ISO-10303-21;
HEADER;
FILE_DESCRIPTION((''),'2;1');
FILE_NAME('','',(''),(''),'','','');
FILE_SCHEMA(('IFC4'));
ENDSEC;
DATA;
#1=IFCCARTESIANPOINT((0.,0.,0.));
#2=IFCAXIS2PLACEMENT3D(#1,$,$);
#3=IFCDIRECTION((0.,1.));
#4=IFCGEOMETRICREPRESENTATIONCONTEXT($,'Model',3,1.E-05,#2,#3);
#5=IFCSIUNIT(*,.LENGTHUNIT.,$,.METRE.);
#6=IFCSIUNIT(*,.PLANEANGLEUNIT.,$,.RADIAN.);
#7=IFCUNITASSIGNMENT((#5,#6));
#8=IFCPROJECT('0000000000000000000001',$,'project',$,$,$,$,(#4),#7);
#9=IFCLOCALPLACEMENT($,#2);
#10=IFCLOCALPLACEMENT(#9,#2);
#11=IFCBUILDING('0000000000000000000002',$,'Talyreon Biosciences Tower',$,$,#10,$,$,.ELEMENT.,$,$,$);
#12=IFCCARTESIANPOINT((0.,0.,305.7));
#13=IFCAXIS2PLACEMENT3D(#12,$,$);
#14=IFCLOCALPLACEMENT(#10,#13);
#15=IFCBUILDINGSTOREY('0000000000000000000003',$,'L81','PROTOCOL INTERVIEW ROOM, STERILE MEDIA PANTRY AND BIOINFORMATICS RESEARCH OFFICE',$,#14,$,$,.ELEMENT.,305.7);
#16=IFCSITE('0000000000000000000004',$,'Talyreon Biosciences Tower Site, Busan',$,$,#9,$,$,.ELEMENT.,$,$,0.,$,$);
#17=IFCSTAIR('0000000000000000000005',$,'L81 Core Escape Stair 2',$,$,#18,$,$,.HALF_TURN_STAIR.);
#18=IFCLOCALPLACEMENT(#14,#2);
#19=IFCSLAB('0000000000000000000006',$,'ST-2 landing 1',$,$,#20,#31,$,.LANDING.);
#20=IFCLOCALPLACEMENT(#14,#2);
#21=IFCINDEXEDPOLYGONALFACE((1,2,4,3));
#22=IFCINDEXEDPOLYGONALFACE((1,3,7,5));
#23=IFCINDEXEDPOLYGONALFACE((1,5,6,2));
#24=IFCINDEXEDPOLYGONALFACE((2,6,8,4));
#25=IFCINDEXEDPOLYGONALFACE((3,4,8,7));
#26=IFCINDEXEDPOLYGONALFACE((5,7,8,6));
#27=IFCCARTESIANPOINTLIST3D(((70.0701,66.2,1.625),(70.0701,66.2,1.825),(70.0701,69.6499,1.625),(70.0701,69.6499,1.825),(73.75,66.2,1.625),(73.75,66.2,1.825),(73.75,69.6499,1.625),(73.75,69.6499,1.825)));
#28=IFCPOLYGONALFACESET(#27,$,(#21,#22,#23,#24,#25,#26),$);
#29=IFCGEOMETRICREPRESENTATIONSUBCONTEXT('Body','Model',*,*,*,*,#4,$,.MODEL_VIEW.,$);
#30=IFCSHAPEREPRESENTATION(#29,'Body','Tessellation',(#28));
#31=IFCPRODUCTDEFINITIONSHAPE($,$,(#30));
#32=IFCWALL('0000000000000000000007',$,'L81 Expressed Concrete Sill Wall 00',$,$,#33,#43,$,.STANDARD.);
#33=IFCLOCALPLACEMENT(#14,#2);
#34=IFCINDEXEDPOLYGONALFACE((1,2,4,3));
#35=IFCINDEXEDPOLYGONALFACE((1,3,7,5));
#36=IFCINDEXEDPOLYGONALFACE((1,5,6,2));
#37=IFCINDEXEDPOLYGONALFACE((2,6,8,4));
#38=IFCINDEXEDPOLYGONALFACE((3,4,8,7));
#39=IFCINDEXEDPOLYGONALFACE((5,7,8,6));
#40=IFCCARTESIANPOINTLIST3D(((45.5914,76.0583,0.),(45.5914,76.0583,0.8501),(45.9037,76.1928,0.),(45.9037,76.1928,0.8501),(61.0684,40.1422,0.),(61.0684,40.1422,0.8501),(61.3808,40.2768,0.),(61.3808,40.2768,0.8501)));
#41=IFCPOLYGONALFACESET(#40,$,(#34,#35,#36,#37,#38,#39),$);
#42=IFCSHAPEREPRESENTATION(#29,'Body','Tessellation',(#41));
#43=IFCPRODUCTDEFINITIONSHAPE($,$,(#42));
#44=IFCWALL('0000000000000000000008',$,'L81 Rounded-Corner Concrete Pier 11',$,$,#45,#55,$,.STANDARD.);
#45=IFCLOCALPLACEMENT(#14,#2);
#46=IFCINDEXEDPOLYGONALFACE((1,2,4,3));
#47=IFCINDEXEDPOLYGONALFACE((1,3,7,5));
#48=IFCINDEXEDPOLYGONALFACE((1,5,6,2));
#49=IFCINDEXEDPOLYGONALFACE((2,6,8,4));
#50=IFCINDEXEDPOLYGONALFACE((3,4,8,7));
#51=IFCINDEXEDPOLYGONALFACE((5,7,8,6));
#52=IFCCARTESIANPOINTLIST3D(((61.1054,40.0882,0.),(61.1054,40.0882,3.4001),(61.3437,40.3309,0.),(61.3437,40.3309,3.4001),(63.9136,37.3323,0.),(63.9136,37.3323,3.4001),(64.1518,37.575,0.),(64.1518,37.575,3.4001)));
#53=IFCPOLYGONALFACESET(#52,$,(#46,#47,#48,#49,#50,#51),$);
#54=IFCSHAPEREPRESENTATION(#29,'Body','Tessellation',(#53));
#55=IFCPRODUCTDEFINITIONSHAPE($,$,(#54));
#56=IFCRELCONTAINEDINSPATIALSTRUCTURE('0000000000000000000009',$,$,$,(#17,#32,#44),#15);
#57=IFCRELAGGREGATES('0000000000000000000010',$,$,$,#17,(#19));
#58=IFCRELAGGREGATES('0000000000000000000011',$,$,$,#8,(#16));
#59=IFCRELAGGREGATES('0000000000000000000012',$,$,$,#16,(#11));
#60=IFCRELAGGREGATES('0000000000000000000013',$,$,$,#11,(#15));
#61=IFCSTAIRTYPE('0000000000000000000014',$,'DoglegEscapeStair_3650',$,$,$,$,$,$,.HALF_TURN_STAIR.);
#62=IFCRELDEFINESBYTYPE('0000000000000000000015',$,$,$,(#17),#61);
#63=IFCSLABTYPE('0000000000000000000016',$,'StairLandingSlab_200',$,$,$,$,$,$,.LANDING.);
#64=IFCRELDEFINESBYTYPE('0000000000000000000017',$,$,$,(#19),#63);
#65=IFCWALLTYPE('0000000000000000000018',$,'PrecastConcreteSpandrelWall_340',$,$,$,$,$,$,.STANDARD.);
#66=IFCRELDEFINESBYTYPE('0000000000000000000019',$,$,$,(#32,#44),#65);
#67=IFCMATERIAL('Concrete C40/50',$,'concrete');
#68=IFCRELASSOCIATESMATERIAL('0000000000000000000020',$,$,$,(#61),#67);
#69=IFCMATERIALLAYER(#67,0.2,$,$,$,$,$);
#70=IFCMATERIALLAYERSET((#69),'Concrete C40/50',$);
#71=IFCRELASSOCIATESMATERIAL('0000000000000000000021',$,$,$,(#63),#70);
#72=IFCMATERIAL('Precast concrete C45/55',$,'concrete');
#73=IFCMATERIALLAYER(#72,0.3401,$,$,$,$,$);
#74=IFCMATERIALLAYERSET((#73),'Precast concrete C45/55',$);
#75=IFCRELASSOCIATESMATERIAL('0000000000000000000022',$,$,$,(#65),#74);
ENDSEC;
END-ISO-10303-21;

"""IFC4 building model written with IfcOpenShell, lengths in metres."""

from ifc_helpers import new_model, si_unit, direction, frame, frame_2d, origin, place, context, subcontext, project, spatial, polyline, rectangle, outline, extrude, material, layer, layer_set, type_object, element, aggregate, save


model = new_model("IFC4")

# Units and contexts
model_context = context("Model", 3, precision=1e-05, world=origin(), true_north=direction((0.0, 1.0)))
body_context = subcontext(model_context, "Body", "Model", "MODEL_VIEW")
ifc_project = project(units=[si_unit("LENGTHUNIT", "METRE"), si_unit("PLANEANGLEUNIT", "RADIAN")], contexts=[model_context])

# Site, building, storey
site_placement = place(None, origin())
site = spatial("IfcSite", under=ifc_project, at=site_placement, Name="Talyreon Biosciences Tower Site, Busan", CompositionType="ELEMENT", RefElevation=0.0)
building_placement = place(site_placement, origin())
building = spatial("IfcBuilding", under=site, at=building_placement, Name="Talyreon Biosciences Tower", CompositionType="ELEMENT")
storey_placement = place(building_placement, frame((0.0, 0.0, 305.7)))
storey = spatial("IfcBuildingStorey", under=building, at=storey_placement, Name="L81", Description="PROTOCOL INTERVIEW ROOM, STERILE MEDIA PANTRY AND BIOINFORMATICS RESEARCH OFFICE", CompositionType="ELEMENT", Elevation=305.7)

# Shared definitions
ifc_material_1 = material(Name="Precast concrete C45/55", Category="concrete")

# Shared definitions
ifc_material_2 = material(Name="Concrete C40/50", Category="concrete")

# Stair, slab
stair_type = type_object("IfcStairType", Name="DoglegEscapeStair_3650", PredefinedType="HALF_TURN_STAIR", material=ifc_material_2)
ifc_layer_1 = layer(ifc_material_2, 0.2)
ifc_layer_set_1 = layer_set([ifc_layer_1], Name="Concrete C40/50")
slab_type_1 = type_object("IfcSlabType", Name="StairLandingSlab_200", PredefinedType="LANDING", material=ifc_layer_set_1)
stair_1_placement = place(storey_placement, origin())
stair_1 = element("IfcStair", 1, at=stair_1_placement, inside=storey, type_object=stair_type, Name="L81 Core Escape Stair 2", PredefinedType="HALF_TURN_STAIR")
slab_1_placement = place(storey_placement, frame((0.0, 0.0, 1.625)))
slab_1 = element("IfcSlab", 2, at=slab_1_placement, type_object=slab_type_1, Name="ST-2 landing 1", PredefinedType="LANDING", context=body_context, shape_type="SweptSolid", body=[
    extrude(outline(polyline([(73.75, 66.2), (73.75, 69.6499), (70.0701, 69.6499), (70.0701, 66.2), (73.75, 66.2)])), origin(), (0.0, 0.0, 1.0), 0.2),
])
aggregate(stair_1, [slab_1])

# Walls
ifc_layer_2 = layer(ifc_material_1, 0.3401)
ifc_layer_set_2 = layer_set([ifc_layer_2], Name="Precast concrete C45/55")
wall_type = type_object("IfcWallType", Name="PrecastConcreteSpandrelWall_340", PredefinedType="STANDARD", material=ifc_layer_set_2)
wall_1_placement = place(storey_placement, frame((61.2246, 40.2095, 0.0), z_axis=(0.0, 0.0, 1.0), x_axis=(-0.395743, 0.918361, 0.0)))
element("IfcWall", 3, at=wall_1_placement, inside=storey, type_object=wall_type, Name="L81 Expressed Concrete Sill Wall 00", PredefinedType="STANDARD", context=body_context, shape_type="SweptSolid", body=[
    extrude(rectangle(XDim=39.1089, YDim=0.3401, at=frame_2d((19.5544, 0.0))), origin(), (0.0, 0.0, 1.0), 0.8501),
])
wall_2_placement = place(storey_placement, frame((64.0327, 37.4536, 0.0), z_axis=(0.0, 0.0, 1.0), x_axis=(-0.713715, 0.700436, 0.0)))
element("IfcWall", 4, at=wall_2_placement, inside=storey, type_object=wall_type, Name="L81 Rounded-Corner Concrete Pier 11", PredefinedType="STANDARD", context=body_context, shape_type="SweptSolid", body=[
    extrude(rectangle(XDim=3.9346, YDim=0.3401, at=frame_2d((1.9673, 0.0))), origin(), (0.0, 0.0, 1.0), 3.4001),
])

save(model, "model.ifc")
